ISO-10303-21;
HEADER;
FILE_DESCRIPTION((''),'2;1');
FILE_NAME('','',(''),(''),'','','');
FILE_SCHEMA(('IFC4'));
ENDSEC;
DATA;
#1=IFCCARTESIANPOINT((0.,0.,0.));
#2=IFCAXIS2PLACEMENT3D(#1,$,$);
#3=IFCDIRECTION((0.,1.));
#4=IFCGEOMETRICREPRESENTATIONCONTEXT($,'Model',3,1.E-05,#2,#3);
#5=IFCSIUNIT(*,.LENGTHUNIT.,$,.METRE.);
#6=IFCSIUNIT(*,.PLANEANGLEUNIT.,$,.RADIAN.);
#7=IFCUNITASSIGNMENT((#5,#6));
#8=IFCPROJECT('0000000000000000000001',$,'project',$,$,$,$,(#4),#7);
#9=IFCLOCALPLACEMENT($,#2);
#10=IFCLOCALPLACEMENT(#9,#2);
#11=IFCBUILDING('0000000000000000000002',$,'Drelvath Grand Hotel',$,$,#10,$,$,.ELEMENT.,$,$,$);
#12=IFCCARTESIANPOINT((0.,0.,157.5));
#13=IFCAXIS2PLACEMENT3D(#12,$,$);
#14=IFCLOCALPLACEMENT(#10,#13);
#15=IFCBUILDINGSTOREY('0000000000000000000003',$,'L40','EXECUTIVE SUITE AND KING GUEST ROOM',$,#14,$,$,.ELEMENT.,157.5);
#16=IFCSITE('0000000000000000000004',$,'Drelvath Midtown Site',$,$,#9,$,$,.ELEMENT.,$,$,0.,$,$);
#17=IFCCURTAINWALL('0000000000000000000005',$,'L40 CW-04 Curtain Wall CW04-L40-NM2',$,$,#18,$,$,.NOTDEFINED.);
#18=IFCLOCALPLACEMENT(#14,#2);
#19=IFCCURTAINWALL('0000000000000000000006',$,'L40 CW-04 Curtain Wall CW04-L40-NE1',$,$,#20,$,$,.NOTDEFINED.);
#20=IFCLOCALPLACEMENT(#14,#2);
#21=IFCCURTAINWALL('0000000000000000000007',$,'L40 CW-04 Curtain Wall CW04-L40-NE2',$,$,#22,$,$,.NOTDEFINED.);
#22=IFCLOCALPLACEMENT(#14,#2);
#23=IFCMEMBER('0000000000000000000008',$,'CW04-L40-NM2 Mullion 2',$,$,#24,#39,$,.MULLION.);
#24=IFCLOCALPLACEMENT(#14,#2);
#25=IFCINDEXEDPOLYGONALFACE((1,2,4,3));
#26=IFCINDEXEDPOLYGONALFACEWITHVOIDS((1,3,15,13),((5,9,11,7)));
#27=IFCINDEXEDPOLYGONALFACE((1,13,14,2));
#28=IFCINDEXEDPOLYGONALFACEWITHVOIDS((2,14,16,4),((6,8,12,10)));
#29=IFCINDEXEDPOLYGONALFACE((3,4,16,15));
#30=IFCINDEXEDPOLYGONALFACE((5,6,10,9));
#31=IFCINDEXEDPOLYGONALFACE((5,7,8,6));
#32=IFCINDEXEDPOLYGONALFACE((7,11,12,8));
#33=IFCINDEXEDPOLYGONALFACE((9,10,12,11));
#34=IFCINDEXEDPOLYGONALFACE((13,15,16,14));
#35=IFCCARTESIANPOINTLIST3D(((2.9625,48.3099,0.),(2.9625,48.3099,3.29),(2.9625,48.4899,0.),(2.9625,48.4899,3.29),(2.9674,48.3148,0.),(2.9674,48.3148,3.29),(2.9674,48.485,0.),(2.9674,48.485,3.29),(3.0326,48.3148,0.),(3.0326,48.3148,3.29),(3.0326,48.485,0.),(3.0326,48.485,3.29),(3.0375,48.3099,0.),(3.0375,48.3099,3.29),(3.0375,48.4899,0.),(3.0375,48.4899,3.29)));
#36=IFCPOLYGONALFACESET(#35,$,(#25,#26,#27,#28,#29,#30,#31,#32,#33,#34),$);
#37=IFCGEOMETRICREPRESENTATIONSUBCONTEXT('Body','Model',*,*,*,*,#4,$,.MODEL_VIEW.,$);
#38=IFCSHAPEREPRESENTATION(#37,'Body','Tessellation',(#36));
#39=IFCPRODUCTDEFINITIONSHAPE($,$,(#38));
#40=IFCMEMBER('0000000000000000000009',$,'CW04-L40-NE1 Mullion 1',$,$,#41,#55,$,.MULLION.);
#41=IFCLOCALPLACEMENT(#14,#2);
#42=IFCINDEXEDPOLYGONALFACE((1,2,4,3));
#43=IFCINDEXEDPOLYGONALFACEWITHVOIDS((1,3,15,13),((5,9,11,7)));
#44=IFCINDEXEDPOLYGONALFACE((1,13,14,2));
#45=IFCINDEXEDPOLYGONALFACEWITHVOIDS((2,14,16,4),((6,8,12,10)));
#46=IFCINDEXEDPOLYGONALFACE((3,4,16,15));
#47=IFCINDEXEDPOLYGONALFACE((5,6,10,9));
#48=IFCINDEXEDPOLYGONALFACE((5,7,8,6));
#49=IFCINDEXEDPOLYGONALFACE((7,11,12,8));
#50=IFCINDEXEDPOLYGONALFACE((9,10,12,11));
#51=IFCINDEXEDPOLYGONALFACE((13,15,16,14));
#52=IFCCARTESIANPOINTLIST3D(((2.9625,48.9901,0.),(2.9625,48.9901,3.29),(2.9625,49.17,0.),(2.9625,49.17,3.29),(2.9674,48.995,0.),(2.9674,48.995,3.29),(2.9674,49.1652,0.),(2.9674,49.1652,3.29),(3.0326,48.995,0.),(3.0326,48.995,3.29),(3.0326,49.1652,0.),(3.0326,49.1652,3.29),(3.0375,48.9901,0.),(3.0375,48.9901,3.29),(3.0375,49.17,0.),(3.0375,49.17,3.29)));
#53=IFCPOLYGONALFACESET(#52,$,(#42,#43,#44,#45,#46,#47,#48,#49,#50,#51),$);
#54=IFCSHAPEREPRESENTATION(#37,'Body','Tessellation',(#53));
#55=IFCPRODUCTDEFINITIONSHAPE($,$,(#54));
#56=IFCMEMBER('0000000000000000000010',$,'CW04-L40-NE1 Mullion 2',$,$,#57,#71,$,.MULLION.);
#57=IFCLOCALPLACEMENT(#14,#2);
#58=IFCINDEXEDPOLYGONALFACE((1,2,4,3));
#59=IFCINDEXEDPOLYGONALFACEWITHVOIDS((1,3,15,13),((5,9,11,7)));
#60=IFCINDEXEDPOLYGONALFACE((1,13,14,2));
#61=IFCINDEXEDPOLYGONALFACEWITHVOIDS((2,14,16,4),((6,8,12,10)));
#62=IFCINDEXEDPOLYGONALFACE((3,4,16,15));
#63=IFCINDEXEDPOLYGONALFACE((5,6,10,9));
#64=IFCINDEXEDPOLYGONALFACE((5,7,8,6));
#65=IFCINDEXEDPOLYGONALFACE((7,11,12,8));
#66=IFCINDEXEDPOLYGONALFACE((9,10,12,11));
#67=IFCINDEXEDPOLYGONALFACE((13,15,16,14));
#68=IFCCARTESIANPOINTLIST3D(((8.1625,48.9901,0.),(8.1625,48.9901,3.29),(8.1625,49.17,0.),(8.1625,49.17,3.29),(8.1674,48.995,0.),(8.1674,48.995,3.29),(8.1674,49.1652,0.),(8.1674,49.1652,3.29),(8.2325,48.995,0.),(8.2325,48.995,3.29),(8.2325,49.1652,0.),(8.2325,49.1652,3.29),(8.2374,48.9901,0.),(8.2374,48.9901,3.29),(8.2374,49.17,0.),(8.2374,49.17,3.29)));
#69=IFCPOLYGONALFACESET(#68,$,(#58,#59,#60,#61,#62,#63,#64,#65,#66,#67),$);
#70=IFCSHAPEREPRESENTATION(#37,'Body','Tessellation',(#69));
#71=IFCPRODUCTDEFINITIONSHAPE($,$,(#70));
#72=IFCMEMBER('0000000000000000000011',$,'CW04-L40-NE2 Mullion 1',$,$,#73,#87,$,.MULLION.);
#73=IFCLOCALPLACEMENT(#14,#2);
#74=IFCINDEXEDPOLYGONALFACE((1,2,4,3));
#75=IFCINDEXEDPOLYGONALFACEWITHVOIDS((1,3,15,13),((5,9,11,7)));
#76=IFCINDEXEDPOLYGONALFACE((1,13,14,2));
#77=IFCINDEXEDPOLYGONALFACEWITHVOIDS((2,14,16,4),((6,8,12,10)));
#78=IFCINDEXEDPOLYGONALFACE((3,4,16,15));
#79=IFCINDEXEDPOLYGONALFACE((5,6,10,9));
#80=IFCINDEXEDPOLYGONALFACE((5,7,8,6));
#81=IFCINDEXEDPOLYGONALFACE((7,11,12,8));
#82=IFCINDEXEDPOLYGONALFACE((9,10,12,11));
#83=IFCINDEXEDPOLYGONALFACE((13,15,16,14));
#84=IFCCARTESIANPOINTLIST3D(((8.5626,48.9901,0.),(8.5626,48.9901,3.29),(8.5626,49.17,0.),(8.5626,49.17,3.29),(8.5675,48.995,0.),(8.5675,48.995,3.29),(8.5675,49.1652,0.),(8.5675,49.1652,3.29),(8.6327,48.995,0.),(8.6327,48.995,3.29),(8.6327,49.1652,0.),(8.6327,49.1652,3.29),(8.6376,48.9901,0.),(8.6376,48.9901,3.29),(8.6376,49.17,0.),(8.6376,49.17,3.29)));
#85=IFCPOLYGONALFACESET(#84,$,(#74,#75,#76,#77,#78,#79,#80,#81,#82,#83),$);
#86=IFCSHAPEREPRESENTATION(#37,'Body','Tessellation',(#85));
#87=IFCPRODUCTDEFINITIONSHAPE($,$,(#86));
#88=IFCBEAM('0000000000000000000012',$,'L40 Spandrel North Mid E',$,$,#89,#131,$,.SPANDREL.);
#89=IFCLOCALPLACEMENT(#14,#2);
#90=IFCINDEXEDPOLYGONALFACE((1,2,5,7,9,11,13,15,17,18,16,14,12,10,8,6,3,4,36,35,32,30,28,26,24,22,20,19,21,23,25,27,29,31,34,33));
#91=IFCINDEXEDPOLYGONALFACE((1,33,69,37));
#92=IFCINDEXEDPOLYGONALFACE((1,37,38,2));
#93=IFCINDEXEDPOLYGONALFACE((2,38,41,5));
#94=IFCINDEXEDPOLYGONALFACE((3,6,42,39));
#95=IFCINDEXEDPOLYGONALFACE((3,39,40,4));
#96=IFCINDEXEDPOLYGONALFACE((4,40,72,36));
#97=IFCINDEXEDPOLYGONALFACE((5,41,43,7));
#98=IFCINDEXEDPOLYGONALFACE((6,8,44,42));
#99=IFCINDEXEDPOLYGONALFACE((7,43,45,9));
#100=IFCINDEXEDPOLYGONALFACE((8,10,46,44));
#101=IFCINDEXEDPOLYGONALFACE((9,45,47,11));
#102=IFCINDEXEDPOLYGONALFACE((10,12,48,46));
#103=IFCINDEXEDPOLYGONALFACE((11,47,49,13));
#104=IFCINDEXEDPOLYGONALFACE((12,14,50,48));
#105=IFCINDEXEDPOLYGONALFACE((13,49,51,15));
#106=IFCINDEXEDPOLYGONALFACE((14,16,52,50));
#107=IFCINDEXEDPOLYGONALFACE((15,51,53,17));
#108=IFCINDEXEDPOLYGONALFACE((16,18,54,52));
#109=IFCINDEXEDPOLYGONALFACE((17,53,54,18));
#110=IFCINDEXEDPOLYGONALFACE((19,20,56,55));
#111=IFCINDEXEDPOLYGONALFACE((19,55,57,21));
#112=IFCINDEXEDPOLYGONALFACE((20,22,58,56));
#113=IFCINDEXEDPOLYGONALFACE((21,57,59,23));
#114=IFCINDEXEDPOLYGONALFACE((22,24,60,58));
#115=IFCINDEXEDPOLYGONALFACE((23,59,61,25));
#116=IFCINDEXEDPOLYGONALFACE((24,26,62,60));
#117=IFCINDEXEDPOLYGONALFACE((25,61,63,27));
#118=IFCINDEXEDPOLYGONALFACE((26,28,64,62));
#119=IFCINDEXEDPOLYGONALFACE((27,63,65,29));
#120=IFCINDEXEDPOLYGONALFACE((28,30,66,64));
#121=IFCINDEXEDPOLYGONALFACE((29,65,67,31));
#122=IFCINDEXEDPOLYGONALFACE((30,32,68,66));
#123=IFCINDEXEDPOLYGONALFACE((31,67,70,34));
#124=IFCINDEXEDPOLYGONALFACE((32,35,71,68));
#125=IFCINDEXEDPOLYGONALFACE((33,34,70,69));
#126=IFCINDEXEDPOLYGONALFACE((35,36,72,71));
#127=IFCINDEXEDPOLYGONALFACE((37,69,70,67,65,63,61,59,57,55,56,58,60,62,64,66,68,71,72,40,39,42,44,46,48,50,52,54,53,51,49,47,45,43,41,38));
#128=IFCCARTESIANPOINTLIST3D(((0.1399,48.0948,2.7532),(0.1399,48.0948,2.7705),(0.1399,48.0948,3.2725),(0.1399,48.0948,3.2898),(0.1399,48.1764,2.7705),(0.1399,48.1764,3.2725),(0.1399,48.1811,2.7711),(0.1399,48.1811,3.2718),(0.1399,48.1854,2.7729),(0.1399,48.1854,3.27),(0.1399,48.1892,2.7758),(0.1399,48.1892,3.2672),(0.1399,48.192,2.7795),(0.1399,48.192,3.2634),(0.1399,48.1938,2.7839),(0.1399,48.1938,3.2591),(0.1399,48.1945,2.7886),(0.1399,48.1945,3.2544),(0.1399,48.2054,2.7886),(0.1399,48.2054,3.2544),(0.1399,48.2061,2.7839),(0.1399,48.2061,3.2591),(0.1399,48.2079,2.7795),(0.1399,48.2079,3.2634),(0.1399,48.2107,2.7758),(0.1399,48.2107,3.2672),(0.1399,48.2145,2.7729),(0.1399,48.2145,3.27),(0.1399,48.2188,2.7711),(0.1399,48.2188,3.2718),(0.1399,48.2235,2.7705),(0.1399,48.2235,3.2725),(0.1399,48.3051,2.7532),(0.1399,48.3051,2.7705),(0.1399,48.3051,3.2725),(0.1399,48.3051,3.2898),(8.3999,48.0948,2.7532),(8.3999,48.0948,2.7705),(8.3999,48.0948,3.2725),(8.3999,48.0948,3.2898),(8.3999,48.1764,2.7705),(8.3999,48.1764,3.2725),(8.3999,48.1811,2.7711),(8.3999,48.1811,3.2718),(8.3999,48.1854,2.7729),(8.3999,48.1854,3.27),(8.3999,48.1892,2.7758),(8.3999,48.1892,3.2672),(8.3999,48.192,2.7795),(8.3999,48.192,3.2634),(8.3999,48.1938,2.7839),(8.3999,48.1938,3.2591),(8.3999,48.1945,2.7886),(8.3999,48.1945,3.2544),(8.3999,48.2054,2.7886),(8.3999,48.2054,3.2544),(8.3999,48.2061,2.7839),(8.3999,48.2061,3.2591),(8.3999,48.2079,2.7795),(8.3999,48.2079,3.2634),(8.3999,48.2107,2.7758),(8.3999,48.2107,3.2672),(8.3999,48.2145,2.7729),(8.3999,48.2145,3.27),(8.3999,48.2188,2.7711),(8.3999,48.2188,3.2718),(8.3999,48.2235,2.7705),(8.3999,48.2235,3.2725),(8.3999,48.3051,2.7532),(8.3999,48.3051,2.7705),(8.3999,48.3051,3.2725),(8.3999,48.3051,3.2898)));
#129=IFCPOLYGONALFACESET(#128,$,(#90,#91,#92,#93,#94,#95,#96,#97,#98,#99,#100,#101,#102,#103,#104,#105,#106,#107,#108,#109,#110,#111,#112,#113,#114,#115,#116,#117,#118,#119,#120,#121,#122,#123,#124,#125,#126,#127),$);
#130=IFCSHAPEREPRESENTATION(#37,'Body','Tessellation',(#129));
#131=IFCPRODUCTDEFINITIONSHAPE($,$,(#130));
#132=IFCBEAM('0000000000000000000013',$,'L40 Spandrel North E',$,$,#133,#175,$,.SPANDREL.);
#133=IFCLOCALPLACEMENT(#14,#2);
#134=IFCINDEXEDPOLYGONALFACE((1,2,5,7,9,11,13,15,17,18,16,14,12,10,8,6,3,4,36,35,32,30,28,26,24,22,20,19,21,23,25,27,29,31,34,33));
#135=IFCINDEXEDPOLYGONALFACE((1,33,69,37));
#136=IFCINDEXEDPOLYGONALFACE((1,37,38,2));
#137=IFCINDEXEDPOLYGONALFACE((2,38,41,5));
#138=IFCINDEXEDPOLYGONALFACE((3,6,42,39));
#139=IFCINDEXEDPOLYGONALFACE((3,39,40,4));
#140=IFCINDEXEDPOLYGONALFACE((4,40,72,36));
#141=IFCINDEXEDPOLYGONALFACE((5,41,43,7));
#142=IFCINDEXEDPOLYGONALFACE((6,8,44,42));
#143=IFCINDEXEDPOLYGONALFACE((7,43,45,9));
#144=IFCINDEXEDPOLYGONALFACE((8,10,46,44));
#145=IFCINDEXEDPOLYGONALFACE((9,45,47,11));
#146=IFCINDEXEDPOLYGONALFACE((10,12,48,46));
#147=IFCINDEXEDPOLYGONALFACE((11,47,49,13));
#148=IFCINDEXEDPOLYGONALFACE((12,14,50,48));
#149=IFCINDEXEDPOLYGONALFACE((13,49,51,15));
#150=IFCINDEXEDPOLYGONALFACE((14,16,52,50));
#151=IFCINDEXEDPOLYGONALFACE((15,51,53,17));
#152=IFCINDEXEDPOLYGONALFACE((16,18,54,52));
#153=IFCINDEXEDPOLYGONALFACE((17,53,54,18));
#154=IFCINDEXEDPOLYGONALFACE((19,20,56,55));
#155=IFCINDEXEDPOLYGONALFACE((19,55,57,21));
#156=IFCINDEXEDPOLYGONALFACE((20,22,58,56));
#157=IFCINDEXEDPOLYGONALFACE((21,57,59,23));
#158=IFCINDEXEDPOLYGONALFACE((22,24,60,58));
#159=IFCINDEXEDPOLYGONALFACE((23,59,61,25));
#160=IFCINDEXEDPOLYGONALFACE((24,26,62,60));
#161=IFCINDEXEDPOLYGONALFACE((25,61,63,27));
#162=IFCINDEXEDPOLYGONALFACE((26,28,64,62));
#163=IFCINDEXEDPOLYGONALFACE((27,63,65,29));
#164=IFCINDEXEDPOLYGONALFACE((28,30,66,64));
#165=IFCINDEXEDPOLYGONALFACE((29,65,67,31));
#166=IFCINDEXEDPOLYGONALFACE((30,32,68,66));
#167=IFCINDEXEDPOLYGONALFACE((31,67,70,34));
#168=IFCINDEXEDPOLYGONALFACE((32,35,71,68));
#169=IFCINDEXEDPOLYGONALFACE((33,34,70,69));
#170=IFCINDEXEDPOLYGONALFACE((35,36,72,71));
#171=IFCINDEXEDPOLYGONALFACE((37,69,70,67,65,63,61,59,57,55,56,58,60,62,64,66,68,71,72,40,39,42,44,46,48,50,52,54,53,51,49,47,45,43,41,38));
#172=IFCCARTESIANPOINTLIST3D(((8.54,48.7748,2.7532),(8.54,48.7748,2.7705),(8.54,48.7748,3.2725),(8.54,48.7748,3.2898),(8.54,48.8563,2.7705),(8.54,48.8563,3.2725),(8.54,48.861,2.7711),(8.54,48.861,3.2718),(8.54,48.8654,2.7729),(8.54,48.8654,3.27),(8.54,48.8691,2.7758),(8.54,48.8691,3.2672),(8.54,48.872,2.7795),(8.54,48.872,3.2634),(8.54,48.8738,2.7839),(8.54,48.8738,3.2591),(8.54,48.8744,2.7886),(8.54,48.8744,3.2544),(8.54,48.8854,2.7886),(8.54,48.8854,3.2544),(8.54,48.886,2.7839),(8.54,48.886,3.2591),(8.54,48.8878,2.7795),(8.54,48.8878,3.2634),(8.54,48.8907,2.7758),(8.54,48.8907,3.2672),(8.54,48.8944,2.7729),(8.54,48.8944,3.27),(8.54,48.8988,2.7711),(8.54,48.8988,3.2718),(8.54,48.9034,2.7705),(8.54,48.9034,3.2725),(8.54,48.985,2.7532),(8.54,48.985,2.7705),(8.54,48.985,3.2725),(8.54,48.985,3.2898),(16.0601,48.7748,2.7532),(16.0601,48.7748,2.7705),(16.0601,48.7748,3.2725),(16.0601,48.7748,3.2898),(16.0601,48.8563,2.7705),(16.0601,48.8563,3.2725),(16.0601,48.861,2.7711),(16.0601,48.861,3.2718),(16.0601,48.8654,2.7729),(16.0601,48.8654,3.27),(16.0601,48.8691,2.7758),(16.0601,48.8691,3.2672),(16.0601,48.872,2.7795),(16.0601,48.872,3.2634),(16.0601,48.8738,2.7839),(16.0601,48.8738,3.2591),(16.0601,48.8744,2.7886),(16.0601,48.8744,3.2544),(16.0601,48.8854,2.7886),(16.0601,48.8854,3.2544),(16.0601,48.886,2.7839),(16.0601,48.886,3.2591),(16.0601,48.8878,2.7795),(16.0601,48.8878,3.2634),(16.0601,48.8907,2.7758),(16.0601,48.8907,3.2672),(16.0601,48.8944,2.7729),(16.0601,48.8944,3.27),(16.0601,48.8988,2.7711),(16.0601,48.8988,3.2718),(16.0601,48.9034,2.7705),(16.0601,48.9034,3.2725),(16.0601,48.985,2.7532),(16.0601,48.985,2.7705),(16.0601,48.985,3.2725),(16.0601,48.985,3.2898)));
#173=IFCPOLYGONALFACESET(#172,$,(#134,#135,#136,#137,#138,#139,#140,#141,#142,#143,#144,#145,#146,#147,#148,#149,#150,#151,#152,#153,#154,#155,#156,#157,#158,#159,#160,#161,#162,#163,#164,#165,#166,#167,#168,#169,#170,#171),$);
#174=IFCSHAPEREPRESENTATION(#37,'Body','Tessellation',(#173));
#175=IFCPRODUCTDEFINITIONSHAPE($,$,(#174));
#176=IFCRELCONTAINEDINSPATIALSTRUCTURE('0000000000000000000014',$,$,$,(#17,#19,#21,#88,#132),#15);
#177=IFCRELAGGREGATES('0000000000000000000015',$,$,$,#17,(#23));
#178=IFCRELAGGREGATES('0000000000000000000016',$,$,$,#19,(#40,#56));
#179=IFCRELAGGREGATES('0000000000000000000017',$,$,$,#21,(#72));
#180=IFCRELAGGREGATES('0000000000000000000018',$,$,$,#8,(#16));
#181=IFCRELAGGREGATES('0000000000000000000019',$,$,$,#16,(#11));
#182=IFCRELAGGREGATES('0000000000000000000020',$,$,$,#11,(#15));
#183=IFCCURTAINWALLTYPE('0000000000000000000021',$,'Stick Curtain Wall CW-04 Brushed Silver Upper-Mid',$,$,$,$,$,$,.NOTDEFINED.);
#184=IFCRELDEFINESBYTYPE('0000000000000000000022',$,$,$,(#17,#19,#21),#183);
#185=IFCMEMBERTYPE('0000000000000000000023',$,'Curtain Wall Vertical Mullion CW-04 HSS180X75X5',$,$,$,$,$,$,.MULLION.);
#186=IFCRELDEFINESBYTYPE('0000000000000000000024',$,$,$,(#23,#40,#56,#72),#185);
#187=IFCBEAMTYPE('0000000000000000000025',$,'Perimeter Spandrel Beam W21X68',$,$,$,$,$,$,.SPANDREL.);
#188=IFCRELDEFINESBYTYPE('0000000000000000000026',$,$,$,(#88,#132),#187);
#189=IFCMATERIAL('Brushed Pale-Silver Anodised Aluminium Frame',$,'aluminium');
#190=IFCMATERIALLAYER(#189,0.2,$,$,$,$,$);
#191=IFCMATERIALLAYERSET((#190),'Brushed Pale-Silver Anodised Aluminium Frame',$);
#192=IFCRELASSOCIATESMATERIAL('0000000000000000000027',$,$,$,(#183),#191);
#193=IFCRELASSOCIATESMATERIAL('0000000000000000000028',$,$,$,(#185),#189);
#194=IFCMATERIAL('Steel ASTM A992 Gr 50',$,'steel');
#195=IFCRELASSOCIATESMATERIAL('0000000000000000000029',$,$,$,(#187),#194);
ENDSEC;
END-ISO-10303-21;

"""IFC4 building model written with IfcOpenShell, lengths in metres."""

from ifc_helpers import new_model, si_unit, direction, frame, origin, origin_2d, place, context, subcontext, project, spatial, hollow_rectangle, i_section, extrude, material, layer, layer_set, material_profile, profile_set, type_object, element, aggregate, save


model = new_model("IFC4")

# Units and contexts
model_context = context("Model", 3, precision=1e-05, world=origin(), true_north=direction((0.0, 1.0)))
body_context = subcontext(model_context, "Body", "Model", "MODEL_VIEW")
ifc_project = project(units=[si_unit("LENGTHUNIT", "METRE"), si_unit("PLANEANGLEUNIT", "RADIAN")], contexts=[model_context])

# Site, building, storey
site_placement = place(None, origin())
site = spatial("IfcSite", under=ifc_project, at=site_placement, Name="Drelvath Midtown Site", CompositionType="ELEMENT", RefElevation=0.0)
building_placement = place(site_placement, origin())
building = spatial("IfcBuilding", under=site, at=building_placement, Name="Drelvath Grand Hotel", CompositionType="ELEMENT")
storey_placement = place(building_placement, frame((0.0, 0.0, 157.5)))
storey = spatial("IfcBuildingStorey", under=building, at=storey_placement, Name="L40", Description="EXECUTIVE SUITE AND KING GUEST ROOM", CompositionType="ELEMENT", Elevation=157.5)

# Curtain walls
ifc_material_1 = material(Name="Brushed Pale-Silver Anodised Aluminium Frame", Category="aluminium")
ifc_layer_1 = layer(ifc_material_1, 0.2)
ifc_layer_set_1 = layer_set([ifc_layer_1], Name="Brushed Pale-Silver Anodised Aluminium Frame")
curtain_wall_type = type_object("IfcCurtainWallType", Name="Stick Curtain Wall CW-04 Brushed Silver Upper-Mid", PredefinedType="NOTDEFINED", material=ifc_layer_set_1)
curtain_wall_1_placement = place(storey_placement, origin())
curtain_wall_1 = element("IfcCurtainWall", 1, at=curtain_wall_1_placement, inside=storey, type_object=curtain_wall_type, Name="L40 CW-04 Curtain Wall CW04-L40-NM2", PredefinedType="NOTDEFINED")
curtain_wall_2_placement = place(storey_placement, origin())
curtain_wall_2 = element("IfcCurtainWall", 2, at=curtain_wall_2_placement, inside=storey, type_object=curtain_wall_type, Name="L40 CW-04 Curtain Wall CW04-L40-NE1", PredefinedType="NOTDEFINED")
curtain_wall_3_placement = place(storey_placement, origin())
curtain_wall_3 = element("IfcCurtainWall", 3, at=curtain_wall_3_placement, inside=storey, type_object=curtain_wall_type, Name="L40 CW-04 Curtain Wall CW04-L40-NE2", PredefinedType="NOTDEFINED")
ifc_material_profile_1 = material_profile(ifc_material_1, hollow_rectangle(XDim=0.075, YDim=0.1799, WallThickness=0.0049, at=origin_2d()), Name="HSS180X75X5")
ifc_profile_set_1 = profile_set([ifc_material_profile_1], Name="Brushed Pale-Silver Anodised Aluminium Frame")
member_type_1 = type_object("IfcMemberType", Name="Curtain Wall Vertical Mullion CW-04 HSS180X75X5", PredefinedType="MULLION", material=ifc_profile_set_1)

# Members
member_1_placement = place(storey_placement, frame((3.0, 48.3999, 0.0), z_axis=(0.0, 0.0, 1.0), x_axis=(1.0, 0.0, 0.0)))
member_1 = element("IfcMember", 4, at=member_1_placement, type_object=member_type_1, Name="CW04-L40-NM2 Mullion 2", PredefinedType="MULLION", context=body_context, shape_type="SweptSolid", body=[
    extrude(hollow_rectangle(XDim=0.075, YDim=0.1799, WallThickness=0.0049, at=origin_2d()), origin(), (0.0, 0.0, 1.0), 3.29),
])
member_2_placement = place(storey_placement, frame((3.0, 49.0801, 0.0), z_axis=(0.0, 0.0, 1.0), x_axis=(1.0, 0.0, 0.0)))
member_2 = element("IfcMember", 5, at=member_2_placement, type_object=member_type_1, Name="CW04-L40-NE1 Mullion 1", PredefinedType="MULLION", context=body_context, shape_type="SweptSolid", body=[
    extrude(hollow_rectangle(XDim=0.075, YDim=0.1799, WallThickness=0.0049, at=origin_2d()), origin(), (0.0, 0.0, 1.0), 3.29),
])
member_3_placement = place(storey_placement, frame((8.2, 49.0801, 0.0), z_axis=(0.0, 0.0, 1.0), x_axis=(1.0, 0.0, 0.0)))
member_3 = element("IfcMember", 6, at=member_3_placement, type_object=member_type_1, Name="CW04-L40-NE1 Mullion 2", PredefinedType="MULLION", context=body_context, shape_type="SweptSolid", body=[
    extrude(hollow_rectangle(XDim=0.075, YDim=0.1799, WallThickness=0.0049, at=origin_2d()), origin(), (0.0, 0.0, 1.0), 3.29),
])
member_4_placement = place(storey_placement, frame((8.6001, 49.0801, 0.0), z_axis=(0.0, 0.0, 1.0), x_axis=(1.0, 0.0, 0.0)))
member_4 = element("IfcMember", 7, at=member_4_placement, type_object=member_type_1, Name="CW04-L40-NE2 Mullion 1", PredefinedType="MULLION", context=body_context, shape_type="SweptSolid", body=[
    extrude(hollow_rectangle(XDim=0.075, YDim=0.1799, WallThickness=0.0049, at=origin_2d()), origin(), (0.0, 0.0, 1.0), 3.29),
])

# Beams
ifc_material_2 = material(Name="Steel ASTM A992 Gr 50", Category="steel")
ifc_material_profile_2 = material_profile(ifc_material_2, i_section(OverallWidth=0.2102, OverallDepth=0.5366, WebThickness=0.011, FlangeThickness=0.0173, FilletRadius=0.0181, at=origin_2d()), Name="W21X68")
ifc_profile_set_2 = profile_set([ifc_material_profile_2], Name="Steel ASTM A992 Gr 50")
beam_type_1 = type_object("IfcBeamType", Name="Perimeter Spandrel Beam W21X68", PredefinedType="SPANDREL", material=ifc_profile_set_2)
beam_1_placement = place(storey_placement, frame((0.1399, 48.2, 3.0215), z_axis=(1.0, 0.0, 0.0), x_axis=(0.0, 1.0, 0.0)))
element("IfcBeam", 8, at=beam_1_placement, inside=storey, type_object=beam_type_1, Name="L40 Spandrel North Mid E", PredefinedType="SPANDREL", context=body_context, shape_type="SweptSolid", body=[
    extrude(i_section(OverallWidth=0.2102, OverallDepth=0.5366, WebThickness=0.011, FlangeThickness=0.0173, FilletRadius=0.0181, at=origin_2d()), origin(), (0.0, 0.0, 1.0), 8.26),
])
beam_2_placement = place(storey_placement, frame((8.54, 48.8799, 3.0215), z_axis=(1.0, 0.0, 0.0), x_axis=(0.0, 1.0, 0.0)))
element("IfcBeam", 9, at=beam_2_placement, inside=storey, type_object=beam_type_1, Name="L40 Spandrel North E", PredefinedType="SPANDREL", context=body_context, shape_type="SweptSolid", body=[
    extrude(i_section(OverallWidth=0.2102, OverallDepth=0.5366, WebThickness=0.011, FlangeThickness=0.0173, FilletRadius=0.0181, at=origin_2d()), origin(), (0.0, 0.0, 1.0), 7.52),
])

aggregate(curtain_wall_1, [member_1])
aggregate(curtain_wall_2, [member_2, member_3])
aggregate(curtain_wall_3, [member_4])

save(model, "model.ifc")
